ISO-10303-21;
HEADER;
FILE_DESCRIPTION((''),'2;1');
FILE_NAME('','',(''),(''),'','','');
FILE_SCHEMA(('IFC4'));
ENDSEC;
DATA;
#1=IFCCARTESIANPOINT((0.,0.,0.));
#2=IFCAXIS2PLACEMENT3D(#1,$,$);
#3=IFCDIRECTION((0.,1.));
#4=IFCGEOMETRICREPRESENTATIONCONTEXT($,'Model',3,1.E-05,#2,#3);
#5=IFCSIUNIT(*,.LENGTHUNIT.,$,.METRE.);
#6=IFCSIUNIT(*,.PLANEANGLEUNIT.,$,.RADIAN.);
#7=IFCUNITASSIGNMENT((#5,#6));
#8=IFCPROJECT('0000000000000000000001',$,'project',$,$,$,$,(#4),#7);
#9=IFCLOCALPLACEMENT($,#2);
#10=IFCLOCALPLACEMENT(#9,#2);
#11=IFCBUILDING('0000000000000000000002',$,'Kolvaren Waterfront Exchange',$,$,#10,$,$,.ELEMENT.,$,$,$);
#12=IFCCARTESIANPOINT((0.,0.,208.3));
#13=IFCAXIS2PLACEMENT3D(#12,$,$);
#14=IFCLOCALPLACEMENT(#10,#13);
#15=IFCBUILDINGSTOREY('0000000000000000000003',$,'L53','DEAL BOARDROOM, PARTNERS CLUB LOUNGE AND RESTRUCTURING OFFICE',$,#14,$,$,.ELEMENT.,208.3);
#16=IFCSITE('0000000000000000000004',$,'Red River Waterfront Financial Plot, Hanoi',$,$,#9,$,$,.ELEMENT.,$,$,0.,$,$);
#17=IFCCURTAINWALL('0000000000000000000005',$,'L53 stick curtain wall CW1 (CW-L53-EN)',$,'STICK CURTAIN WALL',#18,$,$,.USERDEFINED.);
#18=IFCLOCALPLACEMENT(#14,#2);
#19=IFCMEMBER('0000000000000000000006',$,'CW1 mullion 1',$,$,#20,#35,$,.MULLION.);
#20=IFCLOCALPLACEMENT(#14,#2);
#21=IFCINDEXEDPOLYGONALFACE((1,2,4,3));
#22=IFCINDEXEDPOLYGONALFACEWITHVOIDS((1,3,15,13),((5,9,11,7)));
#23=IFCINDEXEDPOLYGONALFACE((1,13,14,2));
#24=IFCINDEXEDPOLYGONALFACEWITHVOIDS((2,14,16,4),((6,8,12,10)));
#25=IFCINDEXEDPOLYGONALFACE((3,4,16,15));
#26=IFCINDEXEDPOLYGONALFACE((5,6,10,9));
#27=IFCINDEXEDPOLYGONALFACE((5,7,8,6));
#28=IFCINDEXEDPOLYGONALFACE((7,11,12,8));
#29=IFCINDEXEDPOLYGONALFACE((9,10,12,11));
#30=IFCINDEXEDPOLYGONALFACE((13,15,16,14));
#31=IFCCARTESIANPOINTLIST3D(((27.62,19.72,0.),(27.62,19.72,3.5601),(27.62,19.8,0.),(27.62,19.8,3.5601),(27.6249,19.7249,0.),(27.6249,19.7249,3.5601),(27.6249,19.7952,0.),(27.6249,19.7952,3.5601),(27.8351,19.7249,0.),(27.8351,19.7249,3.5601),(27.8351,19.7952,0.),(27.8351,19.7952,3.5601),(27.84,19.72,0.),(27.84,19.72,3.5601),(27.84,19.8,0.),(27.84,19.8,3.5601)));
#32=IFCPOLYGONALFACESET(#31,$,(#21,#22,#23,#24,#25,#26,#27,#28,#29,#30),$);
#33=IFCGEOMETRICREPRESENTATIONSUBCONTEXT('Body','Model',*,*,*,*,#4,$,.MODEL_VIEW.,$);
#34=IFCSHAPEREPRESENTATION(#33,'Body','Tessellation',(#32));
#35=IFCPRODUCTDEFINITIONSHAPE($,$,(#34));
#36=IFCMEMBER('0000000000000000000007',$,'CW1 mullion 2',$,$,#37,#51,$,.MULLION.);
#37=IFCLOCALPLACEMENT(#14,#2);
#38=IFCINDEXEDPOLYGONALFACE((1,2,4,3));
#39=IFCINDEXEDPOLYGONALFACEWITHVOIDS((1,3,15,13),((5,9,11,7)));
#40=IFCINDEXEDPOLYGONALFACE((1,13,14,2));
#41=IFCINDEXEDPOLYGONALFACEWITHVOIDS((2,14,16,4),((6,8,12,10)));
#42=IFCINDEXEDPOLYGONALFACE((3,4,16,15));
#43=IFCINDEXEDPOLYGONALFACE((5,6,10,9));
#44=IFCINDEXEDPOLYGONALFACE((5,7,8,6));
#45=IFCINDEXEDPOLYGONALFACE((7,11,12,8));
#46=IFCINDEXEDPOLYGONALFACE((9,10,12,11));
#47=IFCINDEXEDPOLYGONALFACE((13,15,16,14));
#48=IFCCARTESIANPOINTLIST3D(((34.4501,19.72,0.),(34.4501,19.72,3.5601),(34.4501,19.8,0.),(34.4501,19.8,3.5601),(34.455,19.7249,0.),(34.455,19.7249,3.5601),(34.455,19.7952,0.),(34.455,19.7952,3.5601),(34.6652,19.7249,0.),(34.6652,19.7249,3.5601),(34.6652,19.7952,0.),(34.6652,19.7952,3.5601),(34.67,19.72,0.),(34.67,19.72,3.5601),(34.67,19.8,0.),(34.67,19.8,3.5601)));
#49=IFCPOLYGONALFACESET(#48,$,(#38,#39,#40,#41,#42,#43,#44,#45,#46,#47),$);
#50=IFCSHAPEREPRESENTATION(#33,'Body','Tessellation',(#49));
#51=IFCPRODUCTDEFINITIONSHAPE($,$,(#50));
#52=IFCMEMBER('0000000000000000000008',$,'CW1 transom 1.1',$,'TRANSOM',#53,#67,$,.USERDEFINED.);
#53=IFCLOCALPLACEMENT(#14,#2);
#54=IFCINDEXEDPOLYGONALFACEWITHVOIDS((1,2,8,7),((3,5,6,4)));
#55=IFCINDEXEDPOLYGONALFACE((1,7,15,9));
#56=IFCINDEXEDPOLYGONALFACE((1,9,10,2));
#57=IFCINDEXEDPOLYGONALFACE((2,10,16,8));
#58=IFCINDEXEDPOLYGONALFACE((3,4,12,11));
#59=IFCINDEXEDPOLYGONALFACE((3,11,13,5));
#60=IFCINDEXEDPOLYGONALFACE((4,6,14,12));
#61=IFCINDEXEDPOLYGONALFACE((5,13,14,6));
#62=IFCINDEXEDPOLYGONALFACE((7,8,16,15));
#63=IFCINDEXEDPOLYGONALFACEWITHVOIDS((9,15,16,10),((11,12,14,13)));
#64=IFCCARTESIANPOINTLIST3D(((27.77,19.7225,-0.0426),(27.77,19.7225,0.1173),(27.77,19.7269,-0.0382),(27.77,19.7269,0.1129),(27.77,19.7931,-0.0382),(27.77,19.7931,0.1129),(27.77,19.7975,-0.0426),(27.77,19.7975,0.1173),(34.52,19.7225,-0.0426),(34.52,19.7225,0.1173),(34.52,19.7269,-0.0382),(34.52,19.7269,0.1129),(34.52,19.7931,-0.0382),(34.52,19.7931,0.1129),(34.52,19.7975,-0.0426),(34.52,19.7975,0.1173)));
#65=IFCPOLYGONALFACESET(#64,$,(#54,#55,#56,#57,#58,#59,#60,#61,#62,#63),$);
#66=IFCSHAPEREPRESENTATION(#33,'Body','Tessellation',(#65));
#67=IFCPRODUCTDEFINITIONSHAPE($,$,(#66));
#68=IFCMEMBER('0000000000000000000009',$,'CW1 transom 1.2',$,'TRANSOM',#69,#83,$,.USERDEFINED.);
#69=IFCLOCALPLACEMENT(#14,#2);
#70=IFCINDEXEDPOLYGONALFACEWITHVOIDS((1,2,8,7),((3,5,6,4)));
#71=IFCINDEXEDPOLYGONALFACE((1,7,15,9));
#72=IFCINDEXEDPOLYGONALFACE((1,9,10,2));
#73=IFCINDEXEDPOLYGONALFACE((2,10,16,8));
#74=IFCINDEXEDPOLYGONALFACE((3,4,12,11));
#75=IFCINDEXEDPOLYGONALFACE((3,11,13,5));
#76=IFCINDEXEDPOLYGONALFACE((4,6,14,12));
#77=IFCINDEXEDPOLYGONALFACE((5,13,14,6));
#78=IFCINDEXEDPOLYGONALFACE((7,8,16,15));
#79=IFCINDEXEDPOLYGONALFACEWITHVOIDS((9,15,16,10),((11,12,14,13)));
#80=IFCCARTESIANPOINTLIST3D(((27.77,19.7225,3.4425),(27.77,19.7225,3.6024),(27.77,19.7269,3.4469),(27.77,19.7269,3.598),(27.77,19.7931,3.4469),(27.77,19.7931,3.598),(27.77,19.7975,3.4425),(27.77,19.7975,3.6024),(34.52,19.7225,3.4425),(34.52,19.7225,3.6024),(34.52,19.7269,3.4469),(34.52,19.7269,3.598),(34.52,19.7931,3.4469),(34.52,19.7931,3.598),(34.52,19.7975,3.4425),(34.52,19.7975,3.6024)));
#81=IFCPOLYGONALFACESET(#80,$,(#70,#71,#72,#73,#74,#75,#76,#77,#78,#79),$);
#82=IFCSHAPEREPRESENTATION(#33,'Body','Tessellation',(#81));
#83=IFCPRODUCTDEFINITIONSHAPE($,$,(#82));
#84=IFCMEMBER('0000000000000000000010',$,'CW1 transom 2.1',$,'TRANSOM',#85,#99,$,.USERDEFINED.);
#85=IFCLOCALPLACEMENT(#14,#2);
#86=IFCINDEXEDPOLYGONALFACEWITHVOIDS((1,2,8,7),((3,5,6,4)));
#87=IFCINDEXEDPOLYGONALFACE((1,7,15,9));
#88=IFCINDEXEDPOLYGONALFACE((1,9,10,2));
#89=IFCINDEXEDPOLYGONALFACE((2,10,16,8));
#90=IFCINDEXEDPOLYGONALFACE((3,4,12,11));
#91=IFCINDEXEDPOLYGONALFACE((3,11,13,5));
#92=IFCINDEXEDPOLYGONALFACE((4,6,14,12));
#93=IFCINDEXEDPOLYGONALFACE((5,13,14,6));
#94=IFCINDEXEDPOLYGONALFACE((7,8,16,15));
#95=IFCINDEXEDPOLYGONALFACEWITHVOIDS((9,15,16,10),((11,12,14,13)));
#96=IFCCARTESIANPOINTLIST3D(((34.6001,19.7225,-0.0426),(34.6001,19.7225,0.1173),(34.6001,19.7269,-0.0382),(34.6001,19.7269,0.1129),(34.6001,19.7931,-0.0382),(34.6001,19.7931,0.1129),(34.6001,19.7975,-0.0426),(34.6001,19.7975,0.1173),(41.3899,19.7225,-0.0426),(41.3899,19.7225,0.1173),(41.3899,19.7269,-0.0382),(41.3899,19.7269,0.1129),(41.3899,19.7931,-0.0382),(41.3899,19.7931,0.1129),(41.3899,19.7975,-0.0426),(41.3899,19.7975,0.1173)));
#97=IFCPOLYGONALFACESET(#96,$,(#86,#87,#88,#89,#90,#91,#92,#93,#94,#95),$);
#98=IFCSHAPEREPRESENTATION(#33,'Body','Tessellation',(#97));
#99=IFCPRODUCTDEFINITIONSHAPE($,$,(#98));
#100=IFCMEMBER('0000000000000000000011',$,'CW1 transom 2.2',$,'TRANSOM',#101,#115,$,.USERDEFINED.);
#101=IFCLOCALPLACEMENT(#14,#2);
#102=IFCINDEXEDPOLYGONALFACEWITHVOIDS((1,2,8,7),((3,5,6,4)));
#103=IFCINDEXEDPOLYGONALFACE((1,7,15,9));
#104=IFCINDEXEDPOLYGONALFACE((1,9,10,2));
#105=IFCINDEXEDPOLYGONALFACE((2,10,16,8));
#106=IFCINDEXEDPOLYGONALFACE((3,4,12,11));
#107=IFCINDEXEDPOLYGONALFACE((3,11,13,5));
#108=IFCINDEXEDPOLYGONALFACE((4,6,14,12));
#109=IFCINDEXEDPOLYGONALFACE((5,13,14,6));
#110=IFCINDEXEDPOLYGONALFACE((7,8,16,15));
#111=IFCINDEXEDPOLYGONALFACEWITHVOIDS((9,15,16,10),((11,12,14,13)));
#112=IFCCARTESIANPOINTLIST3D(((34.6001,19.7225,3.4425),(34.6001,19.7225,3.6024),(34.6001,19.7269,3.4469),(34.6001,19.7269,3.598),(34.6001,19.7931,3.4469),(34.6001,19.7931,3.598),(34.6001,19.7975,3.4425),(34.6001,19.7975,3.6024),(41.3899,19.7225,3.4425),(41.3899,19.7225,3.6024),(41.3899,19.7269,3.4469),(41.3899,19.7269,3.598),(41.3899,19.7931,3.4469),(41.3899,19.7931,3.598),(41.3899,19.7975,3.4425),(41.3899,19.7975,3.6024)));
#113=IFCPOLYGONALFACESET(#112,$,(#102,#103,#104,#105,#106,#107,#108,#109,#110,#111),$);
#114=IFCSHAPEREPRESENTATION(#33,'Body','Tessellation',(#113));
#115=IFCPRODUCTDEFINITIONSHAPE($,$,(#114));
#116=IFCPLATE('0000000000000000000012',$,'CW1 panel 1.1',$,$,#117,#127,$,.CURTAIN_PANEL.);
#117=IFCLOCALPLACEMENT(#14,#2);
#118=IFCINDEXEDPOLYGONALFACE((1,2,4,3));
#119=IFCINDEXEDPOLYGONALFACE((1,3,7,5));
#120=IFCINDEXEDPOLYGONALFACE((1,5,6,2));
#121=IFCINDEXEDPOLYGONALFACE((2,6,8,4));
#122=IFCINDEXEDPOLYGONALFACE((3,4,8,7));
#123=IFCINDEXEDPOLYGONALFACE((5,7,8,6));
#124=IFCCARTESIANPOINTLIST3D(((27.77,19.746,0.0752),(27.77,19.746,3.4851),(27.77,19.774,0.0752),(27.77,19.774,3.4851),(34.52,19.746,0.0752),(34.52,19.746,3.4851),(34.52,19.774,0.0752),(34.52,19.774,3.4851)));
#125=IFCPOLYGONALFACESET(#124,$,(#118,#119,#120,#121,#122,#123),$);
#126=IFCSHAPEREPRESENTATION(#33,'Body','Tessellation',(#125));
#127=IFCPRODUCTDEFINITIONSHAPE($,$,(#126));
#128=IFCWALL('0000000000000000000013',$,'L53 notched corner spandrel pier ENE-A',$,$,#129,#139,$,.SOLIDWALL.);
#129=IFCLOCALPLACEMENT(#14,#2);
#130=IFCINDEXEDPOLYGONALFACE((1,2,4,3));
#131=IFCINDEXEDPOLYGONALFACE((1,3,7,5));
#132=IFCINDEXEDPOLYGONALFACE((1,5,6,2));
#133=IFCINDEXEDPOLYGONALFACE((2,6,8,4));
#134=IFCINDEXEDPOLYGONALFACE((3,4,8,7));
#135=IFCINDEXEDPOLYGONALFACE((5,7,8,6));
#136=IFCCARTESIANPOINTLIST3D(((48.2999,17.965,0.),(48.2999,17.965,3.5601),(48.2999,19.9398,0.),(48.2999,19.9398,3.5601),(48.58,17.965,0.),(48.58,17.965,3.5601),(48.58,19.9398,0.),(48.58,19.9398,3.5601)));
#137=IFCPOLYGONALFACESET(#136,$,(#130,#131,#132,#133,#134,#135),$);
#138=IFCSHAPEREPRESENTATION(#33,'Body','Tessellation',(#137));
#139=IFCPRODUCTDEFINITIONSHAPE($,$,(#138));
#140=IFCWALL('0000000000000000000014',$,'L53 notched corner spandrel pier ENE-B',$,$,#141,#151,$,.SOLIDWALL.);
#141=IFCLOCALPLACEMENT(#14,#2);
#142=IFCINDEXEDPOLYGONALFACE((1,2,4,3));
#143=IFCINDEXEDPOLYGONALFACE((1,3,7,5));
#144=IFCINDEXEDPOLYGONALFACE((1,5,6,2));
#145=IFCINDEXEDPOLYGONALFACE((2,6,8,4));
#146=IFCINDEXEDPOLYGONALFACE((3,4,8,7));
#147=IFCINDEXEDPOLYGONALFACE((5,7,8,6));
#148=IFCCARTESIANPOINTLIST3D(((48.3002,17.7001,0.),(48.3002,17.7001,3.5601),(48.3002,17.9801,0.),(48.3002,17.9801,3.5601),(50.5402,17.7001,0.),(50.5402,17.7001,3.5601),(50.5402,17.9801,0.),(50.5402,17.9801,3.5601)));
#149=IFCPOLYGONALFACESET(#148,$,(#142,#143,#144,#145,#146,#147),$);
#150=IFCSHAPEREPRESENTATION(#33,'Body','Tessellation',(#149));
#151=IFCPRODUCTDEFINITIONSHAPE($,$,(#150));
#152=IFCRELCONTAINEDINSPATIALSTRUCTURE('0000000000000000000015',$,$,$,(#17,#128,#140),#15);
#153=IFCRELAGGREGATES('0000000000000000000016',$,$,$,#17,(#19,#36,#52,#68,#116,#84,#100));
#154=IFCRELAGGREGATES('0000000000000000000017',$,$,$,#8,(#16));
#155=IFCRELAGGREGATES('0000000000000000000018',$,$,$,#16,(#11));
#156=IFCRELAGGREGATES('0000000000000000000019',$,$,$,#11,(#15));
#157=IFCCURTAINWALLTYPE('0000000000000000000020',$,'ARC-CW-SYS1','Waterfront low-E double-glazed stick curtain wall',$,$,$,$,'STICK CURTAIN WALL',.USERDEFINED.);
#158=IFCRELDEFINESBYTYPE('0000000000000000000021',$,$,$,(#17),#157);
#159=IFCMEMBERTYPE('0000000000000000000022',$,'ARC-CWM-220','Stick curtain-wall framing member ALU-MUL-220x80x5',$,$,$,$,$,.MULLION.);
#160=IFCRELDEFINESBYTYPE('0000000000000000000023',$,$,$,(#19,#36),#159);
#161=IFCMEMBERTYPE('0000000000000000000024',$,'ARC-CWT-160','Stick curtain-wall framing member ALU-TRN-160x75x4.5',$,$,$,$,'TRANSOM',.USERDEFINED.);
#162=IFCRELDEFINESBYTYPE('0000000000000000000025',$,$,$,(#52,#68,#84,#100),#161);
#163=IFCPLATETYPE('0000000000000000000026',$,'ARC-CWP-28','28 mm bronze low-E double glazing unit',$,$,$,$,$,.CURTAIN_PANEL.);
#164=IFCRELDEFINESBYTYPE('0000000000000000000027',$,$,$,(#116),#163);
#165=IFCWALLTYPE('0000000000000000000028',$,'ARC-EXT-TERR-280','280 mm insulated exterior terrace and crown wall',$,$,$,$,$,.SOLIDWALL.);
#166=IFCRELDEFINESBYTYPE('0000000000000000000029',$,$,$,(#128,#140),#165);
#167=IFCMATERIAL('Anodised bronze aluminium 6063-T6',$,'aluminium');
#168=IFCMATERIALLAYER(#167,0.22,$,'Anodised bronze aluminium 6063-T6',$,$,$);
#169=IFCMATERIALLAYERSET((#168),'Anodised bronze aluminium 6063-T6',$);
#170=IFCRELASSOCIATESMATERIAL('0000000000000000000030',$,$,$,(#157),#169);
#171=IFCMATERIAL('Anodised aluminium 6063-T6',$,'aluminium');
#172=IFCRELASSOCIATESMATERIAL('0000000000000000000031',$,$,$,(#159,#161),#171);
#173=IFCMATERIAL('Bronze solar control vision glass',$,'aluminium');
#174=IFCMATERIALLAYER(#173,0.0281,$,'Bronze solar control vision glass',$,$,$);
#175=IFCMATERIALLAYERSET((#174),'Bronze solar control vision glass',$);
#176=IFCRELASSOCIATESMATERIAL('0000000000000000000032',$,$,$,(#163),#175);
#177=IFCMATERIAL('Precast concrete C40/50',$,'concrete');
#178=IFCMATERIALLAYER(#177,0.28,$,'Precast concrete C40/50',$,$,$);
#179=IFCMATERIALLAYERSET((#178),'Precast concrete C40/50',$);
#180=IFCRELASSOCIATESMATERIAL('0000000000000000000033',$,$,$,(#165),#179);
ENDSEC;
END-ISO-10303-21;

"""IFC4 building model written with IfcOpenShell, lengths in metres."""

from ifc_helpers import new_model, si_unit, direction, frame, frame_2d, origin, origin_with_axes, origin_2d, place, context, subcontext, project, spatial, rectangle, hollow_rectangle, extrude, source, transform, mapped, material, layer, layer_set, material_profile, profile_set, type_object, element, aggregate, save


model = new_model("IFC4")

# Units and contexts
model_context = context("Model", 3, precision=1e-05, world=origin(), true_north=direction((0.0, 1.0)))
body_context = subcontext(model_context, "Body", "Model", "MODEL_VIEW")
ifc_project = project(units=[si_unit("LENGTHUNIT", "METRE"), si_unit("PLANEANGLEUNIT", "RADIAN")], contexts=[model_context])

# Site, building, storey
site_placement = place(None, origin())
site = spatial("IfcSite", under=ifc_project, at=site_placement, Name="Red River Waterfront Financial Plot, Hanoi", CompositionType="ELEMENT", RefElevation=0.0)
building_placement = place(site_placement, origin())
building = spatial("IfcBuilding", under=site, at=building_placement, Name="Kolvaren Waterfront Exchange", CompositionType="ELEMENT")
storey_placement = place(building_placement, frame((0.0, 0.0, 208.3)))
storey = spatial("IfcBuildingStorey", under=building, at=storey_placement, Name="L53", Description="DEAL BOARDROOM, PARTNERS CLUB LOUNGE AND RESTRUCTURING OFFICE", CompositionType="ELEMENT", Elevation=208.3)

# Curtain wall, members, plate
ifc_material_1 = material(Name="Anodised bronze aluminium 6063-T6", Category="aluminium")
ifc_layer_1 = layer(ifc_material_1, 0.22, Name="Anodised bronze aluminium 6063-T6")
ifc_layer_set_1 = layer_set([ifc_layer_1], Name="Anodised bronze aluminium 6063-T6")
curtain_wall_type = type_object("IfcCurtainWallType", Name="ARC-CW-SYS1", Description="Waterfront low-E double-glazed stick curtain wall", ElementType="STICK CURTAIN WALL", PredefinedType="USERDEFINED", material=ifc_layer_set_1)
curtain_wall_placement = place(storey_placement, origin())
curtain_wall = element("IfcCurtainWall", 1, at=curtain_wall_placement, inside=storey, type_object=curtain_wall_type, Name="L53 stick curtain wall CW1 (CW-L53-EN)", ObjectType="STICK CURTAIN WALL", PredefinedType="USERDEFINED")
ifc_material_2 = material(Name="Anodised aluminium 6063-T6", Category="aluminium")
ifc_material_profile_1 = material_profile(ifc_material_2, hollow_rectangle(XDim=0.0801, YDim=0.22, WallThickness=0.0049, at=origin_2d()), Name="ALU-MUL-220x80x5")
ifc_profile_set_1 = profile_set([ifc_material_profile_1], Name="Anodised aluminium 6063-T6")
member_type_1 = type_object("IfcMemberType", Name="ARC-CWM-220", Description="Stick curtain-wall framing member ALU-MUL-220x80x5", PredefinedType="MULLION", material=ifc_profile_set_1)
shared_shape_1 = source(origin_with_axes(), body_context, "Body", "SweptSolid", [
    extrude(hollow_rectangle(XDim=0.0801, YDim=0.22, WallThickness=0.0049, at=origin_2d()), origin(), (0.0, 0.0, 1.0), 3.5601),
])
member_1_placement = place(storey_placement, frame((27.73, 19.76, 0.0), z_axis=(0.0, 0.0, 1.0), x_axis=(0.0, 1.0, 0.0)))
member_1 = element("IfcMember", 2, at=member_1_placement, type_object=member_type_1, Name="CW1 mullion 1", PredefinedType="MULLION", context=body_context, shape_type="MappedRepresentation", body=[
    mapped(shared_shape_1, transform((0.0, 0.0, 0.0), x_axis=(1.0, 0.0, 0.0), y_axis=(0.0, 1.0, 0.0), z_axis=(0.0, 0.0, 1.0), scale=1.0)),
])
member_2_placement = place(storey_placement, frame((34.5601, 19.76, 0.0), z_axis=(0.0, 0.0, 1.0), x_axis=(0.0, 1.0, 0.0)))
member_2 = element("IfcMember", 3, at=member_2_placement, type_object=member_type_1, Name="CW1 mullion 2", PredefinedType="MULLION", context=body_context, shape_type="MappedRepresentation", body=[
    mapped(shared_shape_1, transform((0.0, 0.0, 0.0), x_axis=(1.0, 0.0, 0.0), y_axis=(0.0, 1.0, 0.0), z_axis=(0.0, 0.0, 1.0), scale=1.0)),
])
ifc_material_profile_2 = material_profile(ifc_material_2, hollow_rectangle(XDim=0.075, YDim=0.1599, WallThickness=0.0044, at=origin_2d()), Name="ALU-TRN-160x75x4.5")
ifc_profile_set_2 = profile_set([ifc_material_profile_2], Name="Anodised aluminium 6063-T6")
member_type_2 = type_object("IfcMemberType", Name="ARC-CWT-160", Description="Stick curtain-wall framing member ALU-TRN-160x75x4.5", ElementType="TRANSOM", PredefinedType="USERDEFINED", material=ifc_profile_set_2)
shared_shape_2 = source(origin_with_axes(), body_context, "Body", "SweptSolid", [
    extrude(hollow_rectangle(XDim=0.075, YDim=0.1599, WallThickness=0.0044, at=origin_2d()), origin(), (0.0, 0.0, 1.0), 6.75),
])
member_3_placement = place(storey_placement, frame((27.77, 19.76, 0.0374), z_axis=(1.0, 0.0, 0.0), x_axis=(0.0, 1.0, 0.0)))
member_3 = element("IfcMember", 4, at=member_3_placement, type_object=member_type_2, Name="CW1 transom 1.1", ObjectType="TRANSOM", PredefinedType="USERDEFINED", context=body_context, shape_type="MappedRepresentation", body=[
    mapped(shared_shape_2, transform((0.0, 0.0, 0.0), x_axis=(1.0, 0.0, 0.0), y_axis=(0.0, 1.0, 0.0), z_axis=(0.0, 0.0, 1.0), scale=1.0)),
])
member_4_placement = place(storey_placement, frame((27.77, 19.76, 3.5225), z_axis=(1.0, 0.0, 0.0), x_axis=(0.0, 1.0, 0.0)))
member_4 = element("IfcMember", 5, at=member_4_placement, type_object=member_type_2, Name="CW1 transom 1.2", ObjectType="TRANSOM", PredefinedType="USERDEFINED", context=body_context, shape_type="MappedRepresentation", body=[
    mapped(shared_shape_2, transform((0.0, 0.0, 0.0), x_axis=(1.0, 0.0, 0.0), y_axis=(0.0, 1.0, 0.0), z_axis=(0.0, 0.0, 1.0), scale=1.0)),
])
shared_shape_3 = source(origin_with_axes(), body_context, "Body", "SweptSolid", [
    extrude(hollow_rectangle(XDim=0.075, YDim=0.1599, WallThickness=0.0044, at=origin_2d()), origin(), (0.0, 0.0, 1.0), 6.7898),
])
member_5_placement = place(storey_placement, frame((34.6001, 19.76, 0.0374), z_axis=(1.0, 0.0, 0.0), x_axis=(0.0, 1.0, 0.0)))
member_5 = element("IfcMember", 6, at=member_5_placement, type_object=member_type_2, Name="CW1 transom 2.1", ObjectType="TRANSOM", PredefinedType="USERDEFINED", context=body_context, shape_type="MappedRepresentation", body=[
    mapped(shared_shape_3, transform((0.0, 0.0, 0.0), x_axis=(1.0, 0.0, 0.0), y_axis=(0.0, 1.0, 0.0), z_axis=(0.0, 0.0, 1.0), scale=1.0)),
])
member_6_placement = place(storey_placement, frame((34.6001, 19.76, 3.5225), z_axis=(1.0, 0.0, 0.0), x_axis=(0.0, 1.0, 0.0)))
member_6 = element("IfcMember", 7, at=member_6_placement, type_object=member_type_2, Name="CW1 transom 2.2", ObjectType="TRANSOM", PredefinedType="USERDEFINED", context=body_context, shape_type="MappedRepresentation", body=[
    mapped(shared_shape_3, transform((0.0, 0.0, 0.0), x_axis=(1.0, 0.0, 0.0), y_axis=(0.0, 1.0, 0.0), z_axis=(0.0, 0.0, 1.0), scale=1.0)),
])
ifc_material_3 = material(Name="Bronze solar control vision glass", Category="aluminium")
ifc_layer_2 = layer(ifc_material_3, 0.0281, Name="Bronze solar control vision glass")
ifc_layer_set_2 = layer_set([ifc_layer_2], Name="Bronze solar control vision glass")
plate_type = type_object("IfcPlateType", Name="ARC-CWP-28", Description="28 mm bronze low-E double glazing unit", PredefinedType="CURTAIN_PANEL", material=ifc_layer_set_2)
shared_shape_4 = source(origin_with_axes(), body_context, "Body", "SweptSolid", [
    extrude(rectangle(XDim=6.75, YDim=0.0281, at=origin_2d()), origin(), (0.0, 0.0, 1.0), 3.4099),
])
plate_placement = place(storey_placement, frame((31.145, 19.76, 0.0752), z_axis=(0.0, 0.0, 1.0), x_axis=(1.0, 0.0, 0.0)))
plate = element("IfcPlate", 8, at=plate_placement, type_object=plate_type, Name="CW1 panel 1.1", PredefinedType="CURTAIN_PANEL", context=body_context, shape_type="MappedRepresentation", body=[
    mapped(shared_shape_4, transform((0.0, 0.0, 0.0), x_axis=(1.0, 0.0, 0.0), y_axis=(0.0, 1.0, 0.0), z_axis=(0.0, 0.0, 1.0), scale=1.0)),
])
aggregate(curtain_wall, [member_1, member_2, member_3, member_4, plate, member_5, member_6])

# Walls
ifc_material_4 = material(Name="Precast concrete C40/50", Category="concrete")
ifc_layer_3 = layer(ifc_material_4, 0.28, Name="Precast concrete C40/50")
ifc_layer_set_3 = layer_set([ifc_layer_3], Name="Precast concrete C40/50")
wall_type_1 = type_object("IfcWallType", Name="ARC-EXT-TERR-280", Description="280 mm insulated exterior terrace and crown wall", PredefinedType="SOLIDWALL", material=ifc_layer_set_3)
wall_1_placement = place(storey_placement, frame((48.4399, 17.9651, 0.0), z_axis=(0.0, 0.0, 1.0), x_axis=(0.0, 1.0, 0.0)))
element("IfcWall", 9, at=wall_1_placement, inside=storey, type_object=wall_type_1, Name="L53 notched corner spandrel pier ENE-A", PredefinedType="SOLIDWALL", context=body_context, shape_type="SweptSolid", body=[
    extrude(rectangle(XDim=1.9749, YDim=0.28, at=frame_2d((0.9873, 0.0))), origin(), (0.0, 0.0, 1.0), 3.5601),
])
wall_2_placement = place(storey_placement, frame((48.3, 17.8401, 0.0), z_axis=(0.0, 0.0, 1.0), x_axis=(1.0, 0.0, 0.0)))
element("IfcWall", 10, at=wall_2_placement, inside=storey, type_object=wall_type_1, Name="L53 notched corner spandrel pier ENE-B", PredefinedType="SOLIDWALL", context=body_context, shape_type="SweptSolid", body=[
    extrude(rectangle(XDim=2.24, YDim=0.28, at=frame_2d((1.1201, 0.0))), origin(), (0.0, 0.0, 1.0), 3.5601),
])

save(model, "model.ifc")
